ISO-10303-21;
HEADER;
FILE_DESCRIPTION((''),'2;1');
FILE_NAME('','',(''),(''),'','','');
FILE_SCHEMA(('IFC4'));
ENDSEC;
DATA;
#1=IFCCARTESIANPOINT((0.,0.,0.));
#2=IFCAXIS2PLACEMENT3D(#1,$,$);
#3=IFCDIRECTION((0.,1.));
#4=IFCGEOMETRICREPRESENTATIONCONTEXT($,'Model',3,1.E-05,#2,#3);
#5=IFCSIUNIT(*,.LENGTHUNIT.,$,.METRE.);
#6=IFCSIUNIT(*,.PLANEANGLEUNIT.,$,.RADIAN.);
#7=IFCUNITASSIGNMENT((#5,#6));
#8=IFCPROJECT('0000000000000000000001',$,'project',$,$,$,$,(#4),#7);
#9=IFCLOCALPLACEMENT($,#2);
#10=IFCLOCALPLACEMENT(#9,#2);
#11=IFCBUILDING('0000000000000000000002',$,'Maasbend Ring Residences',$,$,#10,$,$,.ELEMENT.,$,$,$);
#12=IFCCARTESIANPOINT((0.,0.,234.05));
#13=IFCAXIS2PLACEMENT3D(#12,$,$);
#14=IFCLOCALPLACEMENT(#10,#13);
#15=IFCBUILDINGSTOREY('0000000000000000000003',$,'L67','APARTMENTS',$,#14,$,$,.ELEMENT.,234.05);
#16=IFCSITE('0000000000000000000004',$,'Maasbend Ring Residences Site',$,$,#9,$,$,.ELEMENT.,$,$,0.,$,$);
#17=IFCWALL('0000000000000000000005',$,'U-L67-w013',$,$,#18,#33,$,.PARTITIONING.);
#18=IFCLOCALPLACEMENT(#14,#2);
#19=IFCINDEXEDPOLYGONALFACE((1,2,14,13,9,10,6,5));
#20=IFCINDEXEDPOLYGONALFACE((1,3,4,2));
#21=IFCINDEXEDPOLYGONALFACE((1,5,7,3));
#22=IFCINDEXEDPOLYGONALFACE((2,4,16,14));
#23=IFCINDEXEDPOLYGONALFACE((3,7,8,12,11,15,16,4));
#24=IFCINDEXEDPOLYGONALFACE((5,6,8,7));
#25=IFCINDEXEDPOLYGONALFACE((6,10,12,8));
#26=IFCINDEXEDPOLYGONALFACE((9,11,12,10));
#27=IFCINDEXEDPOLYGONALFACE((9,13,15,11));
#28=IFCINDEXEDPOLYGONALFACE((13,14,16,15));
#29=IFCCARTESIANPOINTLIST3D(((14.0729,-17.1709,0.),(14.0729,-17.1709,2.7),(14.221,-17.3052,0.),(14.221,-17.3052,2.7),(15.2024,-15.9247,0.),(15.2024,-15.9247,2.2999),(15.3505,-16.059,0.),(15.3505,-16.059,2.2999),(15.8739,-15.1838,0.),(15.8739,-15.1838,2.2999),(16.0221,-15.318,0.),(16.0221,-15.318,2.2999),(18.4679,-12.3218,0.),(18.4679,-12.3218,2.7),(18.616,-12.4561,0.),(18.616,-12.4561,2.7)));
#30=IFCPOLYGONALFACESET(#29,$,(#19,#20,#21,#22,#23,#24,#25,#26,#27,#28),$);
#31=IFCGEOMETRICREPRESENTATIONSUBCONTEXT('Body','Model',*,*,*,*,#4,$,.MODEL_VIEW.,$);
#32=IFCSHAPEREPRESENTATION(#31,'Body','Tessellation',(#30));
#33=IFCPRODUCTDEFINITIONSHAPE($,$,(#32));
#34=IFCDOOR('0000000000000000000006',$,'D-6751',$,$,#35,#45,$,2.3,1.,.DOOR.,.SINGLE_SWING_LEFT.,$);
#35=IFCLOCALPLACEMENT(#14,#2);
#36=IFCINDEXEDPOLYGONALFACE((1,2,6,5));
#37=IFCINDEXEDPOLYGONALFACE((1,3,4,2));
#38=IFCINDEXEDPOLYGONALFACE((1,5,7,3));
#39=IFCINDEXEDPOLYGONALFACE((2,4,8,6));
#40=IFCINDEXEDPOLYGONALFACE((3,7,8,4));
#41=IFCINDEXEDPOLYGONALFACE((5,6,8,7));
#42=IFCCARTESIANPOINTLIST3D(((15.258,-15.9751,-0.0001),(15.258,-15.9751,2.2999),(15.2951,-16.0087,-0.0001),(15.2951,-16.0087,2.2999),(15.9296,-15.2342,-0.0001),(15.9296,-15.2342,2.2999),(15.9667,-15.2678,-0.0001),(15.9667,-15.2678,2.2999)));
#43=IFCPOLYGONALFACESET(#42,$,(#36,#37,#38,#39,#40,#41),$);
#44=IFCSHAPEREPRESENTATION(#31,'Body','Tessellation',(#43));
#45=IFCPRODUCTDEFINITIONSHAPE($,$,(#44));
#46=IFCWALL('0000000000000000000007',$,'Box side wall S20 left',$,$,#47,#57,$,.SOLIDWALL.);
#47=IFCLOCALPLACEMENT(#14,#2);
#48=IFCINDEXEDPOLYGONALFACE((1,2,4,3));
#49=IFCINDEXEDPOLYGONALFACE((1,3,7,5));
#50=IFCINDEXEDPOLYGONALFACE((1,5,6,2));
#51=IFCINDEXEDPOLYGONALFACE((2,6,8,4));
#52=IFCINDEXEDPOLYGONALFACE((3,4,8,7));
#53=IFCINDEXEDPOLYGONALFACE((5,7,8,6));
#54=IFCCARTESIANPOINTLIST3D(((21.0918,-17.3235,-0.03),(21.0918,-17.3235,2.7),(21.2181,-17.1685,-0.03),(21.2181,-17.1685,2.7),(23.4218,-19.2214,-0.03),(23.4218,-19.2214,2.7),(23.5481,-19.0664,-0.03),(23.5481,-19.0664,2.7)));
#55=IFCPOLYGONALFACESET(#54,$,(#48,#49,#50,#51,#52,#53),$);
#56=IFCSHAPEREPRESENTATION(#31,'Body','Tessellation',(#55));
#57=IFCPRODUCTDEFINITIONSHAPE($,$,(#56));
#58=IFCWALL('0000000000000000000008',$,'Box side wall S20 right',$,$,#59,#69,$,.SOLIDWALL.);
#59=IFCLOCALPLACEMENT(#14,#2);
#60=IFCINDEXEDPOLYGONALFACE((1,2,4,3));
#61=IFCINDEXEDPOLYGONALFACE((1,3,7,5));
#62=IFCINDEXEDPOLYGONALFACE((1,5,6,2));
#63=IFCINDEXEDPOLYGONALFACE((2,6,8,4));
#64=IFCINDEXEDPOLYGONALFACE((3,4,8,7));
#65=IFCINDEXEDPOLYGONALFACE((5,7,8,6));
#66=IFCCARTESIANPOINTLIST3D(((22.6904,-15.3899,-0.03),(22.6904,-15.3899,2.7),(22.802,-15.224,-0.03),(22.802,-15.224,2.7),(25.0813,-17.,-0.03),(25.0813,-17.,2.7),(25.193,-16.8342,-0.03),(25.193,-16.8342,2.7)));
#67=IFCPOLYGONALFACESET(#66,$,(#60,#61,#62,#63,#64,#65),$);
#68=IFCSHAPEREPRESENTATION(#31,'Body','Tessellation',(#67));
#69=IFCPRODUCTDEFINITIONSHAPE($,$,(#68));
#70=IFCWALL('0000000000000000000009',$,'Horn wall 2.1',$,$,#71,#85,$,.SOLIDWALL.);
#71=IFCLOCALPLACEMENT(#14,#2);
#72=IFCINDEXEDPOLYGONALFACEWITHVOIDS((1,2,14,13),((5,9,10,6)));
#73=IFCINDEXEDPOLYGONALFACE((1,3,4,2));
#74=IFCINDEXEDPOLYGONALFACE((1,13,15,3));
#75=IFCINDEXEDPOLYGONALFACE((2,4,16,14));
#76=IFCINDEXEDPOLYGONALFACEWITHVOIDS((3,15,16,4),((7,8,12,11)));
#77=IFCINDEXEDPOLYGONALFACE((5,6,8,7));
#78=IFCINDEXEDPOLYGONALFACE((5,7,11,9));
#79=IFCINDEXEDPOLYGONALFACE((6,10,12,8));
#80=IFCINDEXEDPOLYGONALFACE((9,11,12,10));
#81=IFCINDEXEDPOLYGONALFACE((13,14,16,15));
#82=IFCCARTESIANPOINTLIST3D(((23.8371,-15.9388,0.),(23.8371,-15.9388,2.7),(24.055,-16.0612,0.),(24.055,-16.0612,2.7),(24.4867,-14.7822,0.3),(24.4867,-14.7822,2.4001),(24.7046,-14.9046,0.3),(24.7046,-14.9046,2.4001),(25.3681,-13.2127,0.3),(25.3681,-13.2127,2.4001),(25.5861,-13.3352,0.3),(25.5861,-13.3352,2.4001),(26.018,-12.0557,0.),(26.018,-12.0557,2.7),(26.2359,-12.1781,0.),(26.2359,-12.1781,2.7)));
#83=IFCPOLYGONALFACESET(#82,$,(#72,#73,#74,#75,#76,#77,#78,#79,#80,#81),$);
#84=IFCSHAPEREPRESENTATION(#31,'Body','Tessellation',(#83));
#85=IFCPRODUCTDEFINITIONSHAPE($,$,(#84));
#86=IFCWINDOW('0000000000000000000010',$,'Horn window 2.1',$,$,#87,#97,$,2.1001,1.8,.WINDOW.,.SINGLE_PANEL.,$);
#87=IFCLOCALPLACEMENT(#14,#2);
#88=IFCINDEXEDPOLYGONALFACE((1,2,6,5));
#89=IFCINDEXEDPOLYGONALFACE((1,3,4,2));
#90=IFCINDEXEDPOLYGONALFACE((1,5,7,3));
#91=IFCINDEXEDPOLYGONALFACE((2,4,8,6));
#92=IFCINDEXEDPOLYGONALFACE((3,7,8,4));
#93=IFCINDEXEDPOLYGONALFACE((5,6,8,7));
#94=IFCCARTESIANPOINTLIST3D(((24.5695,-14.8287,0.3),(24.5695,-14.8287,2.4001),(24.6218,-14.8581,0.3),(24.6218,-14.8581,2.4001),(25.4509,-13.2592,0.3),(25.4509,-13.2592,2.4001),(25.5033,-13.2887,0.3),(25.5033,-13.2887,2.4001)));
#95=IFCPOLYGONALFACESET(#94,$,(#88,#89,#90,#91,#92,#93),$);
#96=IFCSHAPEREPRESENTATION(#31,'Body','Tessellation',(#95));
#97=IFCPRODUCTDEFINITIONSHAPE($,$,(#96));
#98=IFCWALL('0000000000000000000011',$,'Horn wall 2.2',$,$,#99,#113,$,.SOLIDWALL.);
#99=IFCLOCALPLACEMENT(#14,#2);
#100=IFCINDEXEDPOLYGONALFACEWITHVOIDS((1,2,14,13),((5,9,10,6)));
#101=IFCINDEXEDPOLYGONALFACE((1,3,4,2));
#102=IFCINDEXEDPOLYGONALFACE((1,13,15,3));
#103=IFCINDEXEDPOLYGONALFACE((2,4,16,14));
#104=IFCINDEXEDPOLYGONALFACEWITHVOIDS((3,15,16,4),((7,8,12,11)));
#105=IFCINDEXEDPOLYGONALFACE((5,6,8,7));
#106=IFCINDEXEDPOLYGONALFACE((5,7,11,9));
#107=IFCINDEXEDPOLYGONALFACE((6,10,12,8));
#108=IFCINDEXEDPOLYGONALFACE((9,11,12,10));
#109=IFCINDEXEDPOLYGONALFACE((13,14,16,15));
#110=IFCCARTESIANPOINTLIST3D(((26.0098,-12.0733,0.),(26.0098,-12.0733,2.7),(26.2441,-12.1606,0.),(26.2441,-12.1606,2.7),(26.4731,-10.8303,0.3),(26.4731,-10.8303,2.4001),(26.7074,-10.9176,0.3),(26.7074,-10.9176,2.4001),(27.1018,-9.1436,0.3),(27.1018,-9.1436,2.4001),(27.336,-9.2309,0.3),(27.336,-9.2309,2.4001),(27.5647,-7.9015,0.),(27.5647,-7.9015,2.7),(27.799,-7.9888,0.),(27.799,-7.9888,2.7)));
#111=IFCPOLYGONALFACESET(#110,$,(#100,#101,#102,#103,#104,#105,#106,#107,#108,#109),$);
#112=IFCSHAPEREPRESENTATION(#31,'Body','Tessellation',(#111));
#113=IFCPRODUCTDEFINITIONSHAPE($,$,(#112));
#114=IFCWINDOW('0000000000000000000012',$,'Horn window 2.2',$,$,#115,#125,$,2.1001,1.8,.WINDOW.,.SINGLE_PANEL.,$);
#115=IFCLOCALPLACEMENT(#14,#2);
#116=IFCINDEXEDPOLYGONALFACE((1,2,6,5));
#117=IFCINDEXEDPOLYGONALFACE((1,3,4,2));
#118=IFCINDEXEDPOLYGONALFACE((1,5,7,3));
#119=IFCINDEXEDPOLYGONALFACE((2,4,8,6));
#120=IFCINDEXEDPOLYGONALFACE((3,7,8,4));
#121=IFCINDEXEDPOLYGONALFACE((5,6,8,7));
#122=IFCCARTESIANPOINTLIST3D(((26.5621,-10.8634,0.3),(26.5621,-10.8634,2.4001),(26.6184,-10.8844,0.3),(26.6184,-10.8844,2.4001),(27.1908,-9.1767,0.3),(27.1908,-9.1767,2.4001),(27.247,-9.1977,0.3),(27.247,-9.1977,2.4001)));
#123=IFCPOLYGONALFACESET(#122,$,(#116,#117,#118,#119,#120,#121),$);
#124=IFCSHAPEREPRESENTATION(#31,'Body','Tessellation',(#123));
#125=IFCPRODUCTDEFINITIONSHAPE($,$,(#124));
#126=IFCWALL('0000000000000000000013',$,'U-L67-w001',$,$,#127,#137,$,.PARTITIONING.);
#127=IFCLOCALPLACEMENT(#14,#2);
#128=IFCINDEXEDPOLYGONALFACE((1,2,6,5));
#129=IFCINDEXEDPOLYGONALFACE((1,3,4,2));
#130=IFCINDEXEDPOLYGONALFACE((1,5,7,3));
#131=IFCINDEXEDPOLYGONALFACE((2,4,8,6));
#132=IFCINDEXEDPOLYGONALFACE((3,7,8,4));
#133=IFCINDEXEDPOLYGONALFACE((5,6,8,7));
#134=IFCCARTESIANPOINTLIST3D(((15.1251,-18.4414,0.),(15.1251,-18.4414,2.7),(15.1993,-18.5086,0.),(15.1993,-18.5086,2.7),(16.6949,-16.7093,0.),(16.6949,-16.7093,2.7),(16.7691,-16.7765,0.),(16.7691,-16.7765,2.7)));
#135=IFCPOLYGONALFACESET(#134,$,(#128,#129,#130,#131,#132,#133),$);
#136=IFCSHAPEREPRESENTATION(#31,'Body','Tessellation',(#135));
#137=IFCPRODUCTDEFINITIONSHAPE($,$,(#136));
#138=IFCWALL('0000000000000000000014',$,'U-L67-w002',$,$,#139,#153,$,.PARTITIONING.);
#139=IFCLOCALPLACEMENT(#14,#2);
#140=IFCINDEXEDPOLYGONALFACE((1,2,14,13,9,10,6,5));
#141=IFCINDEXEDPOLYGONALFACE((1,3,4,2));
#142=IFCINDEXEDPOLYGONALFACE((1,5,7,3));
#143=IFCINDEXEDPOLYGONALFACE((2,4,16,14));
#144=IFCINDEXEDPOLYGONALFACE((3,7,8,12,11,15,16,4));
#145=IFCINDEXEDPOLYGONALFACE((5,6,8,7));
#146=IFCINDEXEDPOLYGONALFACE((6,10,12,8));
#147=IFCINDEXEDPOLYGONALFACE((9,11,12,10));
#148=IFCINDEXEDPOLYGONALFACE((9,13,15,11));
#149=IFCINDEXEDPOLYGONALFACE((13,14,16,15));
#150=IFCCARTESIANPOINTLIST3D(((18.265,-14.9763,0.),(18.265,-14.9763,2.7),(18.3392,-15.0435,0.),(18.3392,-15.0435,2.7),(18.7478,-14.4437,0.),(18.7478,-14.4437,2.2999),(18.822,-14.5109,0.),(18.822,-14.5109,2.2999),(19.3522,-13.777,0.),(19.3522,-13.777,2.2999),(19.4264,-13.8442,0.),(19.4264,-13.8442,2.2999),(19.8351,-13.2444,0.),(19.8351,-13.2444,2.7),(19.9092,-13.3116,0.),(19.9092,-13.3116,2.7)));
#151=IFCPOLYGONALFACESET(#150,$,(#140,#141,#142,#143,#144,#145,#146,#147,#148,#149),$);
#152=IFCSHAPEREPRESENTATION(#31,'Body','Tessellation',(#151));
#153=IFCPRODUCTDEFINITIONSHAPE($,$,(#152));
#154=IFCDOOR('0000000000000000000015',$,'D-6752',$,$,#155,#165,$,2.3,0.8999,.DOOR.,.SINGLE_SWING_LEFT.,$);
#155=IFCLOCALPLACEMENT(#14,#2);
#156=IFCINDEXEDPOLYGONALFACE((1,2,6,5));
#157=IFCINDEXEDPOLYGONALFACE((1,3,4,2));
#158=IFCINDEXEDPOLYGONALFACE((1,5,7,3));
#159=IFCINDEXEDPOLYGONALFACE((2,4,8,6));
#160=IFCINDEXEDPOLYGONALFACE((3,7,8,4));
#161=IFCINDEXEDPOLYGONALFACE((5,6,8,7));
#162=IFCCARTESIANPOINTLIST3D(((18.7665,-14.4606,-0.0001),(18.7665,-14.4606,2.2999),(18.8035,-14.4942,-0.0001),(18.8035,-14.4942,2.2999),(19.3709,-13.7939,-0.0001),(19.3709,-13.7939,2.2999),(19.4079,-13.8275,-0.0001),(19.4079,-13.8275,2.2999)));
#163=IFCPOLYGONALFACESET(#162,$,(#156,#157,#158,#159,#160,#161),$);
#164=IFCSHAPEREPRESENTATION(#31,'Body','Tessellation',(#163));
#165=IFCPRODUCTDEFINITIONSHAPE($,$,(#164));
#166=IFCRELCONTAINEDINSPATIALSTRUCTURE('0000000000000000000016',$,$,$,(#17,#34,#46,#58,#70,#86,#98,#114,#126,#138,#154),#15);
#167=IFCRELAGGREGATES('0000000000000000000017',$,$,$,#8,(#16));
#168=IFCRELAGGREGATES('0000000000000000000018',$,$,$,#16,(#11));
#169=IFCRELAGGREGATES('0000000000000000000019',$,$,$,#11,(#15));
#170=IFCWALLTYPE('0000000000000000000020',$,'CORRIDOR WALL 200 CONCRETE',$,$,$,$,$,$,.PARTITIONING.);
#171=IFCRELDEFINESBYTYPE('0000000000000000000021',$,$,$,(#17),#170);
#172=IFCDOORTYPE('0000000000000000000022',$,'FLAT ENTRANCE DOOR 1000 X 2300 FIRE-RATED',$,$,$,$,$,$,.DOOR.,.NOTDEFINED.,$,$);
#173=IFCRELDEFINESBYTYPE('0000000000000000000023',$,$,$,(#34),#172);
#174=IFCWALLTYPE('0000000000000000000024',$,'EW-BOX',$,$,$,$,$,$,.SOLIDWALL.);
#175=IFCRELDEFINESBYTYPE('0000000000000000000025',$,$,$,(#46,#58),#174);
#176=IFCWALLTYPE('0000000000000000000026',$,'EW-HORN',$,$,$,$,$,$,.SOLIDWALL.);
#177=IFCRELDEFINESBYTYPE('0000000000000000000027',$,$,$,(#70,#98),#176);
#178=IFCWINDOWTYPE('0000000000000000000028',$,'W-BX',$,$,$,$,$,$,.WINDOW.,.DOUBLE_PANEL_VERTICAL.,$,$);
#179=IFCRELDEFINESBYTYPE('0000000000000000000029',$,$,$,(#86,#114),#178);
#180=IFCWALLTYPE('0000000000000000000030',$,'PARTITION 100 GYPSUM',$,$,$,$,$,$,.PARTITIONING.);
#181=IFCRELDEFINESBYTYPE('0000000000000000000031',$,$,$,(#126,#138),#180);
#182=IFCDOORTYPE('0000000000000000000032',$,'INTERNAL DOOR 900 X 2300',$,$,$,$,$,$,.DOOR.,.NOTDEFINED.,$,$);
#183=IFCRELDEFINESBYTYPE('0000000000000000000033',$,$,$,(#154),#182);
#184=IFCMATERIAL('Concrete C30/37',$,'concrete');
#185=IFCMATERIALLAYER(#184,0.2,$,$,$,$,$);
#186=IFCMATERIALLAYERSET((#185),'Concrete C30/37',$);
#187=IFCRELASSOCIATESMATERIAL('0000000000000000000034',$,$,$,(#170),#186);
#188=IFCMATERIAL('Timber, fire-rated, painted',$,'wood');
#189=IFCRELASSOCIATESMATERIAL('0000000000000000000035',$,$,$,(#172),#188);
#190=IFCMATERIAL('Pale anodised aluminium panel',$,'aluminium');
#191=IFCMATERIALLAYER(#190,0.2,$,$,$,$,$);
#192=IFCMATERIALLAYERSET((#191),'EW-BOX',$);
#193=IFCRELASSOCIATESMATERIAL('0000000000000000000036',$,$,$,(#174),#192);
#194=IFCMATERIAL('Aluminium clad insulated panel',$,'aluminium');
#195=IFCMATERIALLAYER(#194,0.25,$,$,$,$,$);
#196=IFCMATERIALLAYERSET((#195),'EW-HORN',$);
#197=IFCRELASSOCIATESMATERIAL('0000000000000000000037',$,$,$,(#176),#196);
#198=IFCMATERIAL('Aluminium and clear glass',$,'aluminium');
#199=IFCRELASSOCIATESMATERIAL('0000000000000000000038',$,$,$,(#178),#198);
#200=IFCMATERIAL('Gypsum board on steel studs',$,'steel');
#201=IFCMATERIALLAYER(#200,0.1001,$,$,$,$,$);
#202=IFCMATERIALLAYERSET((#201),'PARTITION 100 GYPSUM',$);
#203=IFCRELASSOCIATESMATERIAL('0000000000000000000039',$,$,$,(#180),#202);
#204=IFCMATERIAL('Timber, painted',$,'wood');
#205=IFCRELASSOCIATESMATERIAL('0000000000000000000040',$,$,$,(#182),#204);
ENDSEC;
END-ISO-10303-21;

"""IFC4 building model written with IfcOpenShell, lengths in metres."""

from ifc_helpers import new_model, si_unit, direction, frame, frame_2d, origin, place, context, subcontext, project, spatial, rectangle, extrude, material, layer, layer_set, type_object, element, fill, save


model = new_model("IFC4")

# Units and contexts
model_context = context("Model", 3, precision=1e-05, world=origin(), true_north=direction((0.0, 1.0)))
body_context = subcontext(model_context, "Body", "Model", "MODEL_VIEW")
ifc_project = project(units=[si_unit("LENGTHUNIT", "METRE"), si_unit("PLANEANGLEUNIT", "RADIAN")], contexts=[model_context])

# Site, building, storey
site_placement = place(None, origin())
site = spatial("IfcSite", under=ifc_project, at=site_placement, Name="Maasbend Ring Residences Site", CompositionType="ELEMENT", RefElevation=0.0)
building_placement = place(site_placement, origin())
building = spatial("IfcBuilding", under=site, at=building_placement, Name="Maasbend Ring Residences", CompositionType="ELEMENT")
storey_placement = place(building_placement, frame((0.0, 0.0, 234.05)))
storey = spatial("IfcBuildingStorey", under=building, at=storey_placement, Name="L67", Description="APARTMENTS", CompositionType="ELEMENT", Elevation=234.05)

# Shared definitions
ifc_material_1 = material(Name="Concrete C30/37", Category="concrete")
ifc_layer_1 = layer(ifc_material_1, 0.2)
ifc_layer_set_1 = layer_set([ifc_layer_1], Name="Concrete C30/37")
wall_type_1 = type_object("IfcWallType", Name="CORRIDOR WALL 200 CONCRETE", PredefinedType="PARTITIONING", material=ifc_layer_set_1)

# Wall, opening, door
wall_1_placement = place(storey_placement, frame((14.147, -17.238, 0.0), z_axis=(0.0, 0.0, 1.0), x_axis=(0.671562, 0.740949, 0.0)))
wall_1 = element("IfcWall", 1, at=wall_1_placement, inside=storey, type_object=wall_type_1, Name="U-L67-w013", PredefinedType="PARTITIONING", context=body_context, shape_type="SweptSolid", body=[
    extrude(rectangle(XDim=6.5444, YDim=0.2, at=frame_2d((3.2722, 0.0))), origin(), (0.0, 0.0, 1.0), 2.7),
])
opening_1_placement = place(wall_1_placement, frame((1.6819, 0.0, 0.0)))
opening_1 = element("IfcOpeningElement", 2, at=opening_1_placement, cuts=wall_1, PredefinedType="OPENING", context=body_context, shape_type="SweptSolid", body=[
    extrude(rectangle(XDim=1.0, YDim=2.3, at=frame_2d((0.5, 1.1499))), frame((0.0, 0.1099, 0.0), z_axis=(0.0, -1.0, 0.0), x_axis=(1.0, 0.0, 0.0)), (0.0, 0.0, 1.0), 0.22),
])
ifc_material_2 = material(Name="Timber, fire-rated, painted", Category="wood")
door_type_1 = type_object("IfcDoorType", Name="FLAT ENTRANCE DOOR 1000 X 2300 FIRE-RATED", OperationType="NOTDEFINED", PredefinedType="DOOR", material=ifc_material_2)
door_1_placement = place(opening_1_placement, origin())
door_1 = element("IfcDoor", 3, at=door_1_placement, inside=storey, type_object=door_type_1, Name="D-6751", OperationType="SINGLE_SWING_LEFT", OverallHeight=2.3, OverallWidth=1.0, PredefinedType="DOOR", context=body_context, shape_type="SweptSolid", body=[
    extrude(rectangle(XDim=1.0, YDim=2.3, at=frame_2d((0.5, 1.1499))), frame((0.0, 0.0249, 0.0), z_axis=(0.0, -1.0, 0.0), x_axis=(1.0, 0.0, 0.0)), (0.0, 0.0, 1.0), 0.05),
])
fill(opening_1, door_1)

# Walls
ifc_material_3 = material(Name="Pale anodised aluminium panel", Category="aluminium")
ifc_layer_2 = layer(ifc_material_3, 0.2)
ifc_layer_set_2 = layer_set([ifc_layer_2], Name="EW-BOX")
wall_type_2 = type_object("IfcWallType", Name="EW-BOX", PredefinedType="SOLIDWALL", material=ifc_layer_set_2)
wall_2_placement = place(storey_placement, frame((21.155, -17.2461, -0.03), z_axis=(0.0, 0.0, 1.0), x_axis=(0.775338, -0.631546, 0.0)))
element("IfcWall", 4, at=wall_2_placement, inside=storey, type_object=wall_type_2, Name="Box side wall S20 left", PredefinedType="SOLIDWALL", context=body_context, shape_type="SweptSolid", body=[
    extrude(rectangle(XDim=3.0051, YDim=0.2, at=frame_2d((1.5024, 0.0))), origin(), (0.0, 0.0, 1.0), 2.73),
])
wall_3_placement = place(storey_placement, frame((22.7461, -15.3069, -0.03), z_axis=(0.0, 0.0, 1.0), x_axis=(0.829448, -0.558584, 0.0)))
element("IfcWall", 5, at=wall_3_placement, inside=storey, type_object=wall_type_2, Name="Box side wall S20 right", PredefinedType="SOLIDWALL", context=body_context, shape_type="SweptSolid", body=[
    extrude(rectangle(XDim=2.8826, YDim=0.2, at=frame_2d((1.4414, 0.0))), origin(), (0.0, 0.0, 1.0), 2.73),
])

# Walls, openings, windows
ifc_material_4 = material(Name="Aluminium clad insulated panel", Category="aluminium")
ifc_layer_3 = layer(ifc_material_4, 0.25)
ifc_layer_set_3 = layer_set([ifc_layer_3], Name="EW-HORN")
wall_type_3 = type_object("IfcWallType", Name="EW-HORN", PredefinedType="SOLIDWALL", material=ifc_layer_set_3)
wall_4_placement = place(storey_placement, frame((23.946, -16.0, 0.0), z_axis=(0.0, 0.0, 1.0), x_axis=(0.489696, 0.871893, 0.0)))
wall_4 = element("IfcWall", 6, at=wall_4_placement, inside=storey, type_object=wall_type_3, Name="Horn wall 2.1", PredefinedType="SOLIDWALL", context=body_context, shape_type="SweptSolid", body=[
    extrude(rectangle(XDim=4.4536, YDim=0.25, at=frame_2d((2.2268, 0.0))), origin(), (0.0, 0.0, 1.0), 2.7),
])
opening_2_placement = place(wall_4_placement, frame((1.3267, 0.0, 0.3)))
opening_2 = element("IfcOpeningElement", 7, at=opening_2_placement, cuts=wall_4, PredefinedType="OPENING", context=body_context, shape_type="SweptSolid", body=[
    extrude(rectangle(XDim=1.8, YDim=2.1001, at=frame_2d((0.8999, 1.05))), frame((0.0, 0.135, 0.0), z_axis=(0.0, -1.0, 0.0), x_axis=(1.0, 0.0, 0.0)), (0.0, 0.0, 1.0), 0.27),
])
ifc_material_5 = material(Name="Aluminium and clear glass", Category="aluminium")
window_type = type_object("IfcWindowType", Name="W-BX", PartitioningType="DOUBLE_PANEL_VERTICAL", PredefinedType="WINDOW", material=ifc_material_5)
window_1_placement = place(opening_2_placement, origin())
window_1 = element("IfcWindow", 8, at=window_1_placement, inside=storey, type_object=window_type, Name="Horn window 2.1", OverallHeight=2.1001, OverallWidth=1.8, PartitioningType="SINGLE_PANEL", PredefinedType="WINDOW", context=body_context, shape_type="SweptSolid", body=[
    extrude(rectangle(XDim=1.8, YDim=2.1001, at=frame_2d((0.8999, 1.05))), frame((0.0, 0.03, 0.0), z_axis=(0.0, -1.0, 0.0), x_axis=(1.0, 0.0, 0.0)), (0.0, 0.0, 1.0), 0.0601),
])
fill(opening_2, window_1)
wall_5_placement = place(storey_placement, frame((26.127, -12.1169, 0.0), z_axis=(0.0, 0.0, 1.0), x_axis=(0.349248, 0.93703, 0.0)))
wall_5 = element("IfcWall", 9, at=wall_5_placement, inside=storey, type_object=wall_type_3, Name="Horn wall 2.2", PredefinedType="SOLIDWALL", context=body_context, shape_type="SweptSolid", body=[
    extrude(rectangle(XDim=4.4521, YDim=0.25, at=frame_2d((2.2261, 0.0))), origin(), (0.0, 0.0, 1.0), 2.7),
])
opening_3_placement = place(wall_5_placement, frame((1.3267, 0.0, 0.3)))
opening_3 = element("IfcOpeningElement", 10, at=opening_3_placement, cuts=wall_5, PredefinedType="OPENING", context=body_context, shape_type="SweptSolid", body=[
    extrude(rectangle(XDim=1.8, YDim=2.1001, at=frame_2d((0.8999, 1.05))), frame((0.0, 0.135, 0.0), z_axis=(0.0, -1.0, 0.0), x_axis=(1.0, 0.0, 0.0)), (0.0, 0.0, 1.0), 0.27),
])
window_2_placement = place(opening_3_placement, origin())
window_2 = element("IfcWindow", 11, at=window_2_placement, inside=storey, type_object=window_type, Name="Horn window 2.2", OverallHeight=2.1001, OverallWidth=1.8, PartitioningType="SINGLE_PANEL", PredefinedType="WINDOW", context=body_context, shape_type="SweptSolid", body=[
    extrude(rectangle(XDim=1.8, YDim=2.1001, at=frame_2d((0.8999, 1.05))), frame((0.0, 0.03, 0.0), z_axis=(0.0, -1.0, 0.0), x_axis=(1.0, 0.0, 0.0)), (0.0, 0.0, 1.0), 0.0601),
])
fill(opening_3, window_2)

# Wall
ifc_material_6 = material(Name="Gypsum board on steel studs", Category="steel")
ifc_layer_4 = layer(ifc_material_6, 0.1001)
ifc_layer_set_4 = layer_set([ifc_layer_4], Name="PARTITION 100 GYPSUM")
wall_type_4 = type_object("IfcWallType", Name="PARTITION 100 GYPSUM", PredefinedType="PARTITIONING", material=ifc_layer_set_4)
wall_6_placement = place(storey_placement, frame((15.1621, -18.4751, 0.0), z_axis=(0.0, 0.0, 1.0), x_axis=(0.671528, 0.740979, 0.0)))
element("IfcWall", 12, at=wall_6_placement, inside=storey, type_object=wall_type_4, Name="U-L67-w001", PredefinedType="PARTITIONING", context=body_context, shape_type="SweptSolid", body=[
    extrude(rectangle(XDim=2.3376, YDim=0.1001, at=frame_2d((1.1689, 0.0))), origin(), (0.0, 0.0, 1.0), 2.7),
])

# Wall, opening, door
wall_7_placement = place(storey_placement, frame((18.302, -15.01, 0.0), z_axis=(0.0, 0.0, 1.0), x_axis=(0.671638, 0.74088, 0.0)))
wall_7 = element("IfcWall", 13, at=wall_7_placement, inside=storey, type_object=wall_type_4, Name="U-L67-w002", PredefinedType="PARTITIONING", context=body_context, shape_type="SweptSolid", body=[
    extrude(rectangle(XDim=2.3376, YDim=0.1001, at=frame_2d((1.1689, 0.0))), origin(), (0.0, 0.0, 1.0), 2.7),
])
opening_4_placement = place(wall_7_placement, frame((0.719, 0.0, 0.0)))
opening_4 = element("IfcOpeningElement", 14, at=opening_4_placement, cuts=wall_7, PredefinedType="OPENING", context=body_context, shape_type="SweptSolid", body=[
    extrude(rectangle(XDim=0.8999, YDim=2.3, at=frame_2d((0.45, 1.1499))), frame((0.0, 0.0601, 0.0), z_axis=(0.0, -1.0, 0.0), x_axis=(1.0, 0.0, 0.0)), (0.0, 0.0, 1.0), 0.1201),
])
ifc_material_7 = material(Name="Timber, painted", Category="wood")
door_type_2 = type_object("IfcDoorType", Name="INTERNAL DOOR 900 X 2300", OperationType="NOTDEFINED", PredefinedType="DOOR", material=ifc_material_7)
door_2_placement = place(opening_4_placement, origin())
door_2 = element("IfcDoor", 15, at=door_2_placement, inside=storey, type_object=door_type_2, Name="D-6752", OperationType="SINGLE_SWING_LEFT", OverallHeight=2.3, OverallWidth=0.8999, PredefinedType="DOOR", context=body_context, shape_type="SweptSolid", body=[
    extrude(rectangle(XDim=0.8999, YDim=2.3, at=frame_2d((0.45, 1.1499))), frame((0.0, 0.0249, 0.0), z_axis=(0.0, -1.0, 0.0), x_axis=(1.0, 0.0, 0.0)), (0.0, 0.0, 1.0), 0.05),
])
fill(opening_4, door_2)

save(model, "model.ifc")
